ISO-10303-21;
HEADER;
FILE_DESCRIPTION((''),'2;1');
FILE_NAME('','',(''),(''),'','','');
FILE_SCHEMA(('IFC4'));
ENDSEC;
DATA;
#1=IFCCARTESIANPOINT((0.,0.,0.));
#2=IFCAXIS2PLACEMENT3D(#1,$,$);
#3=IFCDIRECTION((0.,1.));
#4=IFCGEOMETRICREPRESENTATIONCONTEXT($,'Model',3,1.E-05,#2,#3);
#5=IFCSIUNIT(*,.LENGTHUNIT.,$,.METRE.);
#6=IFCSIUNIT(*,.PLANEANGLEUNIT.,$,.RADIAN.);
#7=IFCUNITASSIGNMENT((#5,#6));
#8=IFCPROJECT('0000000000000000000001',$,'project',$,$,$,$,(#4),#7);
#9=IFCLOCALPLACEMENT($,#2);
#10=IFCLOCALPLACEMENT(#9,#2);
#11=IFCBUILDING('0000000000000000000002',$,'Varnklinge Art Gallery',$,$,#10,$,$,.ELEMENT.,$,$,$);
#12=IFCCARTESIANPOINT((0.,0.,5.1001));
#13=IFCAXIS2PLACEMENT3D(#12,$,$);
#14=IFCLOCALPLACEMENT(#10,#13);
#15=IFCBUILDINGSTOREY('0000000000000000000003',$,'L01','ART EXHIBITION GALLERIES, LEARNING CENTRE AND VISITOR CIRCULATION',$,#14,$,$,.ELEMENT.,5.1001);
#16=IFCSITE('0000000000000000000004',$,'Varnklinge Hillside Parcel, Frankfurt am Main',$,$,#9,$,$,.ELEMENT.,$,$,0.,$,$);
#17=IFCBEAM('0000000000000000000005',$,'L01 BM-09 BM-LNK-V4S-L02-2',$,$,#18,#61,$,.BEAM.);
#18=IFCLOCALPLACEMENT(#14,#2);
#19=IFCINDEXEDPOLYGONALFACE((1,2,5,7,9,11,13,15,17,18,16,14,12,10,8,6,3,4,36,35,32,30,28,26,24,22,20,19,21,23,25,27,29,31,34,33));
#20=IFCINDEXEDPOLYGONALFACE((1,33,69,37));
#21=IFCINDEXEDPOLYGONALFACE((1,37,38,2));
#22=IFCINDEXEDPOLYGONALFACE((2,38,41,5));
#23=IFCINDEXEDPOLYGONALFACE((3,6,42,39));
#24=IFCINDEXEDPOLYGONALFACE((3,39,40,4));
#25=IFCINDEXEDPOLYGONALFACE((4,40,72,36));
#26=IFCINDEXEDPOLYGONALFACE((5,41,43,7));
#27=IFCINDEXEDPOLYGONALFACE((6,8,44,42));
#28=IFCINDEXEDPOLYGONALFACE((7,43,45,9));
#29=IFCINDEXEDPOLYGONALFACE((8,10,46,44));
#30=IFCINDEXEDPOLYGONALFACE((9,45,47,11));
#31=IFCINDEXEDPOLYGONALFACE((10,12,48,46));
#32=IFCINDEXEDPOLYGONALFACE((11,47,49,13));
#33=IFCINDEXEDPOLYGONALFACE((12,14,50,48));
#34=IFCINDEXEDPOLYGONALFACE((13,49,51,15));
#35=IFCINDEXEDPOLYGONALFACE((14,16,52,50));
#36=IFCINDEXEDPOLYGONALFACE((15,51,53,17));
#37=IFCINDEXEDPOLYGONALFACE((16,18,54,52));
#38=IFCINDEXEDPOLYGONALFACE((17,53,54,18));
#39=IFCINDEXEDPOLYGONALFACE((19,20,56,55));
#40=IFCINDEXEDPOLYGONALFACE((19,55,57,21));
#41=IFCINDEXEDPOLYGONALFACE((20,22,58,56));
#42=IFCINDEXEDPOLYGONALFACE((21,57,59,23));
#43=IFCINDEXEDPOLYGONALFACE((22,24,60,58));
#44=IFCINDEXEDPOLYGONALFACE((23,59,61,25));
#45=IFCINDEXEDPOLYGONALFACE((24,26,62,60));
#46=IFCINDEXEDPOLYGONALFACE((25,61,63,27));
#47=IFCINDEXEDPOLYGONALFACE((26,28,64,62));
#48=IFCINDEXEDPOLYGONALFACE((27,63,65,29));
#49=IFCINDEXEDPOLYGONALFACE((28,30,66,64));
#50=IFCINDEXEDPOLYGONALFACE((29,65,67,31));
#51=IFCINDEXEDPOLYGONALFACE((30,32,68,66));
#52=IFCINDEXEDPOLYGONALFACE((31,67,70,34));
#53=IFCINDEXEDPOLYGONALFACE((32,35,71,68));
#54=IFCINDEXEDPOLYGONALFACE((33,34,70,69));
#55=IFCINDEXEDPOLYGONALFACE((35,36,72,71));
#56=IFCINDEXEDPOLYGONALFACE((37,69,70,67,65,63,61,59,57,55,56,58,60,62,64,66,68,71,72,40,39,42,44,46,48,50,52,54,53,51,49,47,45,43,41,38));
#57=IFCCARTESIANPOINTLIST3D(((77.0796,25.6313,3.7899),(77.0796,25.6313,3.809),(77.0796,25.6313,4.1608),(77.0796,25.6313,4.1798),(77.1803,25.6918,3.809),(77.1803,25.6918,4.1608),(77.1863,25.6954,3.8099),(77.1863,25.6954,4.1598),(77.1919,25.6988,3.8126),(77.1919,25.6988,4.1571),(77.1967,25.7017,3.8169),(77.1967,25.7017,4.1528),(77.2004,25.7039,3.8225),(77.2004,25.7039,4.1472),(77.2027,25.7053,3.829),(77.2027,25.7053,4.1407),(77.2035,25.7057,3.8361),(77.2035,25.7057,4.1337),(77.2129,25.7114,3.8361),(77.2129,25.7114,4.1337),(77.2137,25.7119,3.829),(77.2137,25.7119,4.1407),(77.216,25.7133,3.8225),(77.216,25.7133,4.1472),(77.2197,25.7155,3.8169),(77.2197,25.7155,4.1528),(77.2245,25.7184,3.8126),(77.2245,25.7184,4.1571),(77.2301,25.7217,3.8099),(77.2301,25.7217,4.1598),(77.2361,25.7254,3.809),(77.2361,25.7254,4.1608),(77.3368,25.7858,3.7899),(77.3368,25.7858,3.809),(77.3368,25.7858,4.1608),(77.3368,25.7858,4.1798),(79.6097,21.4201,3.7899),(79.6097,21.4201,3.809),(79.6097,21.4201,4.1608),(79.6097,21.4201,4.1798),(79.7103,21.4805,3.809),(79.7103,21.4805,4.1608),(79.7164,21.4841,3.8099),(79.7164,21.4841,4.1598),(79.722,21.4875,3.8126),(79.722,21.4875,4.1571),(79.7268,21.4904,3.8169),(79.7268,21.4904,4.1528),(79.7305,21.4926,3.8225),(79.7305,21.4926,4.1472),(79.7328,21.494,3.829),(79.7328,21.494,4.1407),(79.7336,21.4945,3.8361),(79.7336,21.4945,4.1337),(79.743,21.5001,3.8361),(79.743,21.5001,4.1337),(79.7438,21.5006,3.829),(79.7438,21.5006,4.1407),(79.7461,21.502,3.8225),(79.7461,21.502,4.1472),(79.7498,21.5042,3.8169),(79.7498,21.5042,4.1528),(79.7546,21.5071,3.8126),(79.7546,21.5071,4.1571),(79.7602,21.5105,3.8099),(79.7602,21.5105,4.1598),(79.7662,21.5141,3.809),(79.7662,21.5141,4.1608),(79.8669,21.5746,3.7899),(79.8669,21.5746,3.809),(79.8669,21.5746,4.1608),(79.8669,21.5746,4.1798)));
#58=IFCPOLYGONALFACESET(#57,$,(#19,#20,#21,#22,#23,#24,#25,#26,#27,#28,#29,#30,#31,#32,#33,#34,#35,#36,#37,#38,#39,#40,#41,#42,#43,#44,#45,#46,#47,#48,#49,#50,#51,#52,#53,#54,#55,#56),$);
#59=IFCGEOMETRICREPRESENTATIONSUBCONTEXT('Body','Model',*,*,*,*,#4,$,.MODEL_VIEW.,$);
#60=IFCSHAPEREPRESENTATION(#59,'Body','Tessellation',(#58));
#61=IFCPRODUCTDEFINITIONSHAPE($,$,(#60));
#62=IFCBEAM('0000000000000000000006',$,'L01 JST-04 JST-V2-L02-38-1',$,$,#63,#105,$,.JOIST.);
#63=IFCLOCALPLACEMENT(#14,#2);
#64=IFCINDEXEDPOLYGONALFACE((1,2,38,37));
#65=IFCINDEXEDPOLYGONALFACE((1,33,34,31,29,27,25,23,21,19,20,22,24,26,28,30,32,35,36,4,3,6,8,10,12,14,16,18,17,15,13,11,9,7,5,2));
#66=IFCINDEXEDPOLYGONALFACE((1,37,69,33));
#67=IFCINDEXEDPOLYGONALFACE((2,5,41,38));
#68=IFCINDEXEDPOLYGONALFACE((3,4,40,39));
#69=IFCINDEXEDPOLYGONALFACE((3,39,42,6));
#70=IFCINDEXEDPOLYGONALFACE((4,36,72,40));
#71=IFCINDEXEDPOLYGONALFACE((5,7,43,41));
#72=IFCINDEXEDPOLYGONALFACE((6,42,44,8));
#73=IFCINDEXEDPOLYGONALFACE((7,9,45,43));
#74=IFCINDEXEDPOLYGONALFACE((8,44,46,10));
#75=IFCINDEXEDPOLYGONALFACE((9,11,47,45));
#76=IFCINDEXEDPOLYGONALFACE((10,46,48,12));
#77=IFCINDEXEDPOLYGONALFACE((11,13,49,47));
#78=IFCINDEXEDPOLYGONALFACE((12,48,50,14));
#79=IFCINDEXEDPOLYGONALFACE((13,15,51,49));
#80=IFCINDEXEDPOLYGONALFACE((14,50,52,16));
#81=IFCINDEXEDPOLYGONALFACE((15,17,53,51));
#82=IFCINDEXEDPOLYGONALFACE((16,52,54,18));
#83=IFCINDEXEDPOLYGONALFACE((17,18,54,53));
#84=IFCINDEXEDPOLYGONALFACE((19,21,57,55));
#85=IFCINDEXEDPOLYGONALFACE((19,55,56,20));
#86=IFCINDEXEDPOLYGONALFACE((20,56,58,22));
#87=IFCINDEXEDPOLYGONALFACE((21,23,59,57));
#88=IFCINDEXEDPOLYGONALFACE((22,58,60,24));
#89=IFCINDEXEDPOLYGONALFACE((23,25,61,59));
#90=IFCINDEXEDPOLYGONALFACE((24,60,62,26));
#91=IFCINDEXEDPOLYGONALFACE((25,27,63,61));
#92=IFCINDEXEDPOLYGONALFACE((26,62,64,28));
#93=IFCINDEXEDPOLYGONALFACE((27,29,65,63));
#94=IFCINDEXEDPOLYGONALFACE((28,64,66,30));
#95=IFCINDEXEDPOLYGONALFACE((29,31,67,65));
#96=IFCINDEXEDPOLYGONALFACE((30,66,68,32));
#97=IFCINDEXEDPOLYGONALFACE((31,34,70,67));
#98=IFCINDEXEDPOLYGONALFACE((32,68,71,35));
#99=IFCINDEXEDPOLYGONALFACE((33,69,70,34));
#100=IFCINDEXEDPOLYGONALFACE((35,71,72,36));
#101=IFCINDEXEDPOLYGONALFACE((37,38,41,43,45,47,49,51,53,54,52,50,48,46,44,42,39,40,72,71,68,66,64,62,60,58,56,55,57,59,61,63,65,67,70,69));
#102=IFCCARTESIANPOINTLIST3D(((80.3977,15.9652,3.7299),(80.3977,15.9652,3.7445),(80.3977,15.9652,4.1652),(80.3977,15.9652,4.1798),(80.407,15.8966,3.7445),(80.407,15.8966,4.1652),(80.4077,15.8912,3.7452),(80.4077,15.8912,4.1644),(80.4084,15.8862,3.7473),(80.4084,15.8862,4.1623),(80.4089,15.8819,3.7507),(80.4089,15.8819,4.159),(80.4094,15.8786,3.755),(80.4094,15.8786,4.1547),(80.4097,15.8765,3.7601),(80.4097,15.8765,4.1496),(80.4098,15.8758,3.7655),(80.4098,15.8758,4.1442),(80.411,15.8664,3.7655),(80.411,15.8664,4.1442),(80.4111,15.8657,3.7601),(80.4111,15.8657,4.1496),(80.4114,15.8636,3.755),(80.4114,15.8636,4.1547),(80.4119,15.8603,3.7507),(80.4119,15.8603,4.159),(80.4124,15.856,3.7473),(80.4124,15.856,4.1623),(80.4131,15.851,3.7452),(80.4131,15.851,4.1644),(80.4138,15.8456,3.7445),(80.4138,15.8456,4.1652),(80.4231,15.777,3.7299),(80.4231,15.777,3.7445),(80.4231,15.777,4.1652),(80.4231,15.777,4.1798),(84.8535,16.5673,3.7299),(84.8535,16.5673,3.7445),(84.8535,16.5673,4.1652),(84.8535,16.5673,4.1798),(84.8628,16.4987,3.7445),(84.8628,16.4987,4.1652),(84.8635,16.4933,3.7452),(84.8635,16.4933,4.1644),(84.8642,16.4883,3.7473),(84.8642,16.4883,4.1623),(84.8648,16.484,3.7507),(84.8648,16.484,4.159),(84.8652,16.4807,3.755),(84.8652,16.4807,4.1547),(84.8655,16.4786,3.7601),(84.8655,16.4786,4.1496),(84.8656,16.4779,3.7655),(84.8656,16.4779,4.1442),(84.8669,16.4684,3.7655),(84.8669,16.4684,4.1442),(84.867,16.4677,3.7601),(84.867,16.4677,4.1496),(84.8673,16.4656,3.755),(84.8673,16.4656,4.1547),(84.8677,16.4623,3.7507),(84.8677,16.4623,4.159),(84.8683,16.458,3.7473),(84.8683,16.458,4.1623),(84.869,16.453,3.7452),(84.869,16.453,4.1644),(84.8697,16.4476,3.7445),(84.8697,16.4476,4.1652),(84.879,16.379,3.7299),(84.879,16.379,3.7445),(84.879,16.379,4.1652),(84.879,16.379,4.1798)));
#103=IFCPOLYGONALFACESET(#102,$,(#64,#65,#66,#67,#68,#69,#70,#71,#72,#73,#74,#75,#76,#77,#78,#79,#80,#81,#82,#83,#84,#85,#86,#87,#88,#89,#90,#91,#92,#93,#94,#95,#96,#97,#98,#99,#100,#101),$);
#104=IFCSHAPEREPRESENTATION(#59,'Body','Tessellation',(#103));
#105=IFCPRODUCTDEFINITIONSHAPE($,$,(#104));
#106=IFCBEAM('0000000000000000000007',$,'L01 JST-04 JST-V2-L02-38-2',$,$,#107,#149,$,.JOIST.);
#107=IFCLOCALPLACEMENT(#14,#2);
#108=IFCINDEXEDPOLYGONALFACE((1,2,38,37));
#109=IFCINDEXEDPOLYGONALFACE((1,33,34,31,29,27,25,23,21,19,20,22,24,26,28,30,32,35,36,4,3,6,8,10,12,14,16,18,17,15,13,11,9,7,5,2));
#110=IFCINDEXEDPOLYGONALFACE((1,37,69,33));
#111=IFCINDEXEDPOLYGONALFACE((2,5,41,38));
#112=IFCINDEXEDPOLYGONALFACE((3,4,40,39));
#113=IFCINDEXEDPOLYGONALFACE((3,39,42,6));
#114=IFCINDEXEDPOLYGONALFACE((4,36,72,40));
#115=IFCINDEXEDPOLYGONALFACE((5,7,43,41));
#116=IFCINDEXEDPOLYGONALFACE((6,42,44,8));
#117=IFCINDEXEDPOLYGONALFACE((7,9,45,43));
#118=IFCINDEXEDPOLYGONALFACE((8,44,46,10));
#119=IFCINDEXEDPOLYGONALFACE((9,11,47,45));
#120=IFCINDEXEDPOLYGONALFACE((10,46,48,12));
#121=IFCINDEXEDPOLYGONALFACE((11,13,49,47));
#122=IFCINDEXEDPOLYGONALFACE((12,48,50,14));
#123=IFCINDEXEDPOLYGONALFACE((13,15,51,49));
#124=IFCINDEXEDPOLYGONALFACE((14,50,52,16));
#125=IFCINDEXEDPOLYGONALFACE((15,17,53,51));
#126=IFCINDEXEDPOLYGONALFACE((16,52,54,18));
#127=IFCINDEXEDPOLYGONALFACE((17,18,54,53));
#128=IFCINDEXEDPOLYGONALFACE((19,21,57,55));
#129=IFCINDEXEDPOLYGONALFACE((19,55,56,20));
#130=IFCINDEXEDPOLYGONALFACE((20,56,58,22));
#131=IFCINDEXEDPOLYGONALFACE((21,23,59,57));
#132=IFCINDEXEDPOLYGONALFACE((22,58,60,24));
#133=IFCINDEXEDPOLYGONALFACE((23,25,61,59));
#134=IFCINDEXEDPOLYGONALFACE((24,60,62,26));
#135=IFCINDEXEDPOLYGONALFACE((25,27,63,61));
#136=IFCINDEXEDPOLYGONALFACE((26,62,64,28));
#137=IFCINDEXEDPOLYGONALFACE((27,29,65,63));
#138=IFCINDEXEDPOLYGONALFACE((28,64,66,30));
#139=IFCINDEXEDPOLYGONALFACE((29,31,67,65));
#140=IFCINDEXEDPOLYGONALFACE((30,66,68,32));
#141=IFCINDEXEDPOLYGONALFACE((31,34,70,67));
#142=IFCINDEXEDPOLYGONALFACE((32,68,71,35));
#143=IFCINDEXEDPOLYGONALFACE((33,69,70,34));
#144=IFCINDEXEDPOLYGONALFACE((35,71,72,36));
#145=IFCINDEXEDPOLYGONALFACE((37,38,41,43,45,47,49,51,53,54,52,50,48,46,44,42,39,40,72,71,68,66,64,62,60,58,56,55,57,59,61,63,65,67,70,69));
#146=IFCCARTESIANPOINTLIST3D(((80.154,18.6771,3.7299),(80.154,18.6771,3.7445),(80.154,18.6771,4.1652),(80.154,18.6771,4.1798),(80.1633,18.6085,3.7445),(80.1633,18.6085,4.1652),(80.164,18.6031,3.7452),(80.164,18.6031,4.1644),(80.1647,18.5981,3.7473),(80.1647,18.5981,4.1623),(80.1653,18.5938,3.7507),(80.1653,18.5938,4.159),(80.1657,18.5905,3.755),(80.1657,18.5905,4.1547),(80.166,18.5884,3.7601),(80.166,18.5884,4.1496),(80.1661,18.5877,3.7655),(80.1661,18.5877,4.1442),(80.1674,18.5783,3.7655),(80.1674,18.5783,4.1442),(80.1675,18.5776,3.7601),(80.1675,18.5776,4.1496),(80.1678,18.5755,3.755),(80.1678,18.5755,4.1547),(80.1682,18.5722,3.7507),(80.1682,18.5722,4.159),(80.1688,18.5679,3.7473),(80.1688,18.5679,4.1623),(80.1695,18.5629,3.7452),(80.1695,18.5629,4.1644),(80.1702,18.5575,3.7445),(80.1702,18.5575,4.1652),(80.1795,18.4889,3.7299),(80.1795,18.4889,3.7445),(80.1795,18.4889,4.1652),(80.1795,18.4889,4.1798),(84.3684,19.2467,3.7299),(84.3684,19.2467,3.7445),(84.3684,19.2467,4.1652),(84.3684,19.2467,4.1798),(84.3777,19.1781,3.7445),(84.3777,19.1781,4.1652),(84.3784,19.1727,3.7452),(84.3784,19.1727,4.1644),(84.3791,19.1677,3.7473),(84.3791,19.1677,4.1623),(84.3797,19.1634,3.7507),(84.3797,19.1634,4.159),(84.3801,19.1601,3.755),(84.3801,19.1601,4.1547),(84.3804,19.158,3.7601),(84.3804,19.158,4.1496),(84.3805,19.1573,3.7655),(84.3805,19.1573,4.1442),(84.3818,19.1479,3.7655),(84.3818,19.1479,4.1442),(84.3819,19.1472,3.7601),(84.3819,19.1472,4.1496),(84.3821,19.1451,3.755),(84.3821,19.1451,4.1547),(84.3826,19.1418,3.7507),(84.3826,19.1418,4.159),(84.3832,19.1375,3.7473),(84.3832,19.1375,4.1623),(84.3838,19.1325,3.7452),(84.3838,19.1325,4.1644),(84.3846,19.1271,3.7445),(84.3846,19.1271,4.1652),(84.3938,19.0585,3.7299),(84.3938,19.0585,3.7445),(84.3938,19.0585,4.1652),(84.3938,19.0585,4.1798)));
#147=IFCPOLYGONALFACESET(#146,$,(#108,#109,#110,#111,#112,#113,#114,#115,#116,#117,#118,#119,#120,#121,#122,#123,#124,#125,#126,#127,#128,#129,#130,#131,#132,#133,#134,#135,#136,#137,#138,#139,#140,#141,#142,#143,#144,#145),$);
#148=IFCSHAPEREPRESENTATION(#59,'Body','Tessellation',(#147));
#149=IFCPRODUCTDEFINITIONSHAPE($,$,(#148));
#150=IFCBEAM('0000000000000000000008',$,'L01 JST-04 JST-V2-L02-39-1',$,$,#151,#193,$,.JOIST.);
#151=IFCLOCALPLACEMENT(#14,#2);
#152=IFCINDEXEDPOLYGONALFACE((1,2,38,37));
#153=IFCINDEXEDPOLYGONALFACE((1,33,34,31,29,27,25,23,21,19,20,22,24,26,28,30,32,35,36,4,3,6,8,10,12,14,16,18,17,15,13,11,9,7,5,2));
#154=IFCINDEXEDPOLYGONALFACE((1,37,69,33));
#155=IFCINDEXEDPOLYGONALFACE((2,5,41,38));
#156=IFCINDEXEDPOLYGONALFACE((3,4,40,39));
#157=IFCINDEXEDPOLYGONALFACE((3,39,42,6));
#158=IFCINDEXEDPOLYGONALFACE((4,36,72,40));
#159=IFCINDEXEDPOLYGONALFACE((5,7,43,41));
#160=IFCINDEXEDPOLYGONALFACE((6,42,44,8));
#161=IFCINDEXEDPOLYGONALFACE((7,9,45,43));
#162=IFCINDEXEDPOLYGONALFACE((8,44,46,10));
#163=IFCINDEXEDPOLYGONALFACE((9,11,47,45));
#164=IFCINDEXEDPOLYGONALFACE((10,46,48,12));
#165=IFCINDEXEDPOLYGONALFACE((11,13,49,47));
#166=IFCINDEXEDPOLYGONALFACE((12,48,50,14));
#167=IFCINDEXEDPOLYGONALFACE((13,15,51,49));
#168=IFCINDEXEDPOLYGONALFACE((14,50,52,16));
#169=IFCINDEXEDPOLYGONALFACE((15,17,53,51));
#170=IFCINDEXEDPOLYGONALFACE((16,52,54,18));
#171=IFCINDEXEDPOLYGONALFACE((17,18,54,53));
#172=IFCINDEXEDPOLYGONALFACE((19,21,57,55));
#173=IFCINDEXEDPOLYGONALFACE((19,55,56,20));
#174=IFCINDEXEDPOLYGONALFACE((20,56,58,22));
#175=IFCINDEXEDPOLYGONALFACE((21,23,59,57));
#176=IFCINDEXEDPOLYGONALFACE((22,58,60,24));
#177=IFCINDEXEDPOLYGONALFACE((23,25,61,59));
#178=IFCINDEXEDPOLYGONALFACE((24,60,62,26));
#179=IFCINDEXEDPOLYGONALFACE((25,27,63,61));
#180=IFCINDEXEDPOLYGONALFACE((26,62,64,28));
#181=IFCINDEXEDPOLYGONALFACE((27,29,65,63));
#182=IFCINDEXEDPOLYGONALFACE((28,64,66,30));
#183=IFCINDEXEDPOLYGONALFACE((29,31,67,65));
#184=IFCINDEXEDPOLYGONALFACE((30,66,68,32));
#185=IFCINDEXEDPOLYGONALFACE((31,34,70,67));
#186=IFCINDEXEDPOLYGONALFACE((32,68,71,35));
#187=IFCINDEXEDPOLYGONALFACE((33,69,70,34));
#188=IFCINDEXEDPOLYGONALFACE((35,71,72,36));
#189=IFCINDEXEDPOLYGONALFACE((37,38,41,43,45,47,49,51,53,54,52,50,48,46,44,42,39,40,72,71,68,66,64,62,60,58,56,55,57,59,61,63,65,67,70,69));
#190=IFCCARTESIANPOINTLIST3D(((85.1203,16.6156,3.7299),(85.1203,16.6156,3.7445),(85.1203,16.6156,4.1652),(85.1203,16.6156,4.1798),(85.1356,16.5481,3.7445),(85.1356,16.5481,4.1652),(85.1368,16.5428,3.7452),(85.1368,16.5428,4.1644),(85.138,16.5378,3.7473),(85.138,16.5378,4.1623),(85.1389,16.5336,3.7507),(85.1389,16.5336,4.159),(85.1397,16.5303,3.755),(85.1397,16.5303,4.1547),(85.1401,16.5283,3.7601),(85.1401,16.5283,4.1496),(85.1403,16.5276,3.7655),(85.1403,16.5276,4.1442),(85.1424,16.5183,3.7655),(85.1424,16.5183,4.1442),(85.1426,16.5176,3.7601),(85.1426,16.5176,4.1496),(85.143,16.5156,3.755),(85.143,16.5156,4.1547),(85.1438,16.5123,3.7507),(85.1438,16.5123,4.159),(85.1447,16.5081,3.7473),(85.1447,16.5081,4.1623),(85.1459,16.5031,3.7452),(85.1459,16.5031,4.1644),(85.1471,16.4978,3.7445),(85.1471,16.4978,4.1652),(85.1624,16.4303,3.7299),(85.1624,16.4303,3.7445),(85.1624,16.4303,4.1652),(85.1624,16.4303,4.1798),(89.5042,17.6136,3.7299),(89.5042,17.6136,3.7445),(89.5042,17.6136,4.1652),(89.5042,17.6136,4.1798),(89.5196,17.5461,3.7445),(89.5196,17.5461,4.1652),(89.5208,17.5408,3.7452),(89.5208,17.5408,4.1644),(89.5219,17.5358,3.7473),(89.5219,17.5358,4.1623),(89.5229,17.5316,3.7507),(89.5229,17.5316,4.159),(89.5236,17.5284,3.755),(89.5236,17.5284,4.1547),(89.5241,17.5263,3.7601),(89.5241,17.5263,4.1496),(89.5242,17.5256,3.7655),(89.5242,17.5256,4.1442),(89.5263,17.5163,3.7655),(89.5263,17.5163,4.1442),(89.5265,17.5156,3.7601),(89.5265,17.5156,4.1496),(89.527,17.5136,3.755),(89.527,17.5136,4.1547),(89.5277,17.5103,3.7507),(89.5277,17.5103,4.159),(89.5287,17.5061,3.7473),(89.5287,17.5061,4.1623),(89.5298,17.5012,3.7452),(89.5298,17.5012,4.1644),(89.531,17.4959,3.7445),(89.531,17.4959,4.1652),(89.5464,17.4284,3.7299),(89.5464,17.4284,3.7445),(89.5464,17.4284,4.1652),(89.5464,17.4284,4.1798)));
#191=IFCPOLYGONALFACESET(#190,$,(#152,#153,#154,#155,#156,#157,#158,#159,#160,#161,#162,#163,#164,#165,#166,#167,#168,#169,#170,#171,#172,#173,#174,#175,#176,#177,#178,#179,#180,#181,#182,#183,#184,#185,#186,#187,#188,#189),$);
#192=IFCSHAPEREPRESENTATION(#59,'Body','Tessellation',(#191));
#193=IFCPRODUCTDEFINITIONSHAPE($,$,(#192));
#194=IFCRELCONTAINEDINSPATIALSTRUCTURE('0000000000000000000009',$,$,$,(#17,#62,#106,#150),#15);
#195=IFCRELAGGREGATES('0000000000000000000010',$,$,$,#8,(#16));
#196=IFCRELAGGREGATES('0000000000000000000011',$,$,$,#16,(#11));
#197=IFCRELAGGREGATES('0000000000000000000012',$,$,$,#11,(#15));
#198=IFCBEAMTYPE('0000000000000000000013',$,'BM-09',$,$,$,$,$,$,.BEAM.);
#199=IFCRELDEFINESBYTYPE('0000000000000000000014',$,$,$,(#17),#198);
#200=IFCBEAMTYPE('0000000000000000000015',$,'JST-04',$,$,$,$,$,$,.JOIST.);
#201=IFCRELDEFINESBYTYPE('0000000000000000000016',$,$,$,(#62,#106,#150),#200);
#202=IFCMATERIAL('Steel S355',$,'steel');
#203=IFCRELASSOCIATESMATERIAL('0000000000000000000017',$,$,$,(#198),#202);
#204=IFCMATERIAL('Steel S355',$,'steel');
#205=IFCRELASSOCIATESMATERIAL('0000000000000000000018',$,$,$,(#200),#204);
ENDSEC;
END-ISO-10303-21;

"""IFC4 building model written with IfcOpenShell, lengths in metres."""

from ifc_helpers import new_model, si_unit, direction, frame, origin, origin_2d, place, context, subcontext, project, spatial, i_section, extrude, material, material_profile, profile_set, type_object, element, save


model = new_model("IFC4")

# Units and contexts
model_context = context("Model", 3, precision=1e-05, world=origin(), true_north=direction((0.0, 1.0)))
body_context = subcontext(model_context, "Body", "Model", "MODEL_VIEW")
ifc_project = project(units=[si_unit("LENGTHUNIT", "METRE"), si_unit("PLANEANGLEUNIT", "RADIAN")], contexts=[model_context])

# Site, building, storey
site_placement = place(None, origin())
site = spatial("IfcSite", under=ifc_project, at=site_placement, Name="Varnklinge Hillside Parcel, Frankfurt am Main", CompositionType="ELEMENT", RefElevation=0.0)
building_placement = place(site_placement, origin())
building = spatial("IfcBuilding", under=site, at=building_placement, Name="Varnklinge Art Gallery", CompositionType="ELEMENT")
storey_placement = place(building_placement, frame((0.0, 0.0, 5.1001)))
storey = spatial("IfcBuildingStorey", under=building, at=storey_placement, Name="L01", Description="ART EXHIBITION GALLERIES, LEARNING CENTRE AND VISITOR CIRCULATION", CompositionType="ELEMENT", Elevation=5.1001)

# Beams
ifc_material_1 = material(Name="Steel S355", Category="steel")
ifc_material_profile_1 = material_profile(ifc_material_1, i_section(OverallWidth=0.3, OverallDepth=0.3899, WebThickness=0.011, FlangeThickness=0.019, FilletRadius=0.0271, at=origin_2d()), Name="HEA 400")
ifc_profile_set_1 = profile_set([ifc_material_profile_1], Name="Steel S355")
beam_type_1 = type_object("IfcBeamType", Name="BM-09", PredefinedType="BEAM", material=ifc_profile_set_1)
beam_1_placement = place(storey_placement, frame((79.7383, 21.4973, 3.9849), z_axis=(-0.514993, 0.857195, 0.0), x_axis=(-0.857195, -0.514993, 0.0)))
element("IfcBeam", 1, at=beam_1_placement, inside=storey, type_object=beam_type_1, Name="L01 BM-09 BM-LNK-V4S-L02-2", PredefinedType="BEAM", context=body_context, shape_type="SweptSolid", body=[
    extrude(i_section(OverallWidth=0.3, OverallDepth=0.3899, WebThickness=0.011, FlangeThickness=0.019, FilletRadius=0.0271, at=origin_2d()), origin(), (0.0, 0.0, 1.0), 4.9128),
])
ifc_material_2 = material(Name="Steel S355", Category="steel")
ifc_material_profile_2 = material_profile(ifc_material_2, i_section(OverallWidth=0.1899, OverallDepth=0.45, WebThickness=0.0095, FlangeThickness=0.0146, FilletRadius=0.021, at=origin_2d()), Name="IPE 450")
ifc_profile_set_2 = profile_set([ifc_material_profile_2], Name="Steel S355")
beam_type_2 = type_object("IfcBeamType", Name="JST-04", PredefinedType="JOIST", material=ifc_profile_set_2)
beam_2_placement = place(storey_placement, frame((80.4104, 15.8711, 3.9548), z_axis=(0.990995, 0.133899, 0.0), x_axis=(-0.133899, 0.990995, 0.0)))
element("IfcBeam", 2, at=beam_2_placement, inside=storey, type_object=beam_type_2, Name="L01 JST-04 JST-V2-L02-38-1", PredefinedType="JOIST", context=body_context, shape_type="SweptSolid", body=[
    extrude(i_section(OverallWidth=0.1899, OverallDepth=0.45, WebThickness=0.0095, FlangeThickness=0.0146, FilletRadius=0.021, at=origin_2d()), origin(), (0.0, 0.0, 1.0), 4.4963),
])
beam_3_placement = place(storey_placement, frame((80.1667, 18.583, 3.9548), z_axis=(0.99099, 0.133935, 0.0), x_axis=(-0.133935, 0.99099, 0.0)))
element("IfcBeam", 3, at=beam_3_placement, inside=storey, type_object=beam_type_2, Name="L01 JST-04 JST-V2-L02-38-2", PredefinedType="JOIST", context=body_context, shape_type="SweptSolid", body=[
    extrude(i_section(OverallWidth=0.1899, OverallDepth=0.45, WebThickness=0.0095, FlangeThickness=0.0146, FilletRadius=0.021, at=origin_2d()), origin(), (0.0, 0.0, 1.0), 4.2527),
])
beam_4_placement = place(storey_placement, frame((85.1414, 16.5229, 3.9548), z_axis=(0.975052, 0.221975, 0.0), x_axis=(-0.221975, 0.975052, 0.0)))
element("IfcBeam", 4, at=beam_4_placement, inside=storey, type_object=beam_type_2, Name="L01 JST-04 JST-V2-L02-39-1", PredefinedType="JOIST", context=body_context, shape_type="SweptSolid", body=[
    extrude(i_section(OverallWidth=0.1899, OverallDepth=0.45, WebThickness=0.0095, FlangeThickness=0.0146, FilletRadius=0.021, at=origin_2d()), origin(), (0.0, 0.0, 1.0), 4.4961),
])

save(model, "model.ifc")
